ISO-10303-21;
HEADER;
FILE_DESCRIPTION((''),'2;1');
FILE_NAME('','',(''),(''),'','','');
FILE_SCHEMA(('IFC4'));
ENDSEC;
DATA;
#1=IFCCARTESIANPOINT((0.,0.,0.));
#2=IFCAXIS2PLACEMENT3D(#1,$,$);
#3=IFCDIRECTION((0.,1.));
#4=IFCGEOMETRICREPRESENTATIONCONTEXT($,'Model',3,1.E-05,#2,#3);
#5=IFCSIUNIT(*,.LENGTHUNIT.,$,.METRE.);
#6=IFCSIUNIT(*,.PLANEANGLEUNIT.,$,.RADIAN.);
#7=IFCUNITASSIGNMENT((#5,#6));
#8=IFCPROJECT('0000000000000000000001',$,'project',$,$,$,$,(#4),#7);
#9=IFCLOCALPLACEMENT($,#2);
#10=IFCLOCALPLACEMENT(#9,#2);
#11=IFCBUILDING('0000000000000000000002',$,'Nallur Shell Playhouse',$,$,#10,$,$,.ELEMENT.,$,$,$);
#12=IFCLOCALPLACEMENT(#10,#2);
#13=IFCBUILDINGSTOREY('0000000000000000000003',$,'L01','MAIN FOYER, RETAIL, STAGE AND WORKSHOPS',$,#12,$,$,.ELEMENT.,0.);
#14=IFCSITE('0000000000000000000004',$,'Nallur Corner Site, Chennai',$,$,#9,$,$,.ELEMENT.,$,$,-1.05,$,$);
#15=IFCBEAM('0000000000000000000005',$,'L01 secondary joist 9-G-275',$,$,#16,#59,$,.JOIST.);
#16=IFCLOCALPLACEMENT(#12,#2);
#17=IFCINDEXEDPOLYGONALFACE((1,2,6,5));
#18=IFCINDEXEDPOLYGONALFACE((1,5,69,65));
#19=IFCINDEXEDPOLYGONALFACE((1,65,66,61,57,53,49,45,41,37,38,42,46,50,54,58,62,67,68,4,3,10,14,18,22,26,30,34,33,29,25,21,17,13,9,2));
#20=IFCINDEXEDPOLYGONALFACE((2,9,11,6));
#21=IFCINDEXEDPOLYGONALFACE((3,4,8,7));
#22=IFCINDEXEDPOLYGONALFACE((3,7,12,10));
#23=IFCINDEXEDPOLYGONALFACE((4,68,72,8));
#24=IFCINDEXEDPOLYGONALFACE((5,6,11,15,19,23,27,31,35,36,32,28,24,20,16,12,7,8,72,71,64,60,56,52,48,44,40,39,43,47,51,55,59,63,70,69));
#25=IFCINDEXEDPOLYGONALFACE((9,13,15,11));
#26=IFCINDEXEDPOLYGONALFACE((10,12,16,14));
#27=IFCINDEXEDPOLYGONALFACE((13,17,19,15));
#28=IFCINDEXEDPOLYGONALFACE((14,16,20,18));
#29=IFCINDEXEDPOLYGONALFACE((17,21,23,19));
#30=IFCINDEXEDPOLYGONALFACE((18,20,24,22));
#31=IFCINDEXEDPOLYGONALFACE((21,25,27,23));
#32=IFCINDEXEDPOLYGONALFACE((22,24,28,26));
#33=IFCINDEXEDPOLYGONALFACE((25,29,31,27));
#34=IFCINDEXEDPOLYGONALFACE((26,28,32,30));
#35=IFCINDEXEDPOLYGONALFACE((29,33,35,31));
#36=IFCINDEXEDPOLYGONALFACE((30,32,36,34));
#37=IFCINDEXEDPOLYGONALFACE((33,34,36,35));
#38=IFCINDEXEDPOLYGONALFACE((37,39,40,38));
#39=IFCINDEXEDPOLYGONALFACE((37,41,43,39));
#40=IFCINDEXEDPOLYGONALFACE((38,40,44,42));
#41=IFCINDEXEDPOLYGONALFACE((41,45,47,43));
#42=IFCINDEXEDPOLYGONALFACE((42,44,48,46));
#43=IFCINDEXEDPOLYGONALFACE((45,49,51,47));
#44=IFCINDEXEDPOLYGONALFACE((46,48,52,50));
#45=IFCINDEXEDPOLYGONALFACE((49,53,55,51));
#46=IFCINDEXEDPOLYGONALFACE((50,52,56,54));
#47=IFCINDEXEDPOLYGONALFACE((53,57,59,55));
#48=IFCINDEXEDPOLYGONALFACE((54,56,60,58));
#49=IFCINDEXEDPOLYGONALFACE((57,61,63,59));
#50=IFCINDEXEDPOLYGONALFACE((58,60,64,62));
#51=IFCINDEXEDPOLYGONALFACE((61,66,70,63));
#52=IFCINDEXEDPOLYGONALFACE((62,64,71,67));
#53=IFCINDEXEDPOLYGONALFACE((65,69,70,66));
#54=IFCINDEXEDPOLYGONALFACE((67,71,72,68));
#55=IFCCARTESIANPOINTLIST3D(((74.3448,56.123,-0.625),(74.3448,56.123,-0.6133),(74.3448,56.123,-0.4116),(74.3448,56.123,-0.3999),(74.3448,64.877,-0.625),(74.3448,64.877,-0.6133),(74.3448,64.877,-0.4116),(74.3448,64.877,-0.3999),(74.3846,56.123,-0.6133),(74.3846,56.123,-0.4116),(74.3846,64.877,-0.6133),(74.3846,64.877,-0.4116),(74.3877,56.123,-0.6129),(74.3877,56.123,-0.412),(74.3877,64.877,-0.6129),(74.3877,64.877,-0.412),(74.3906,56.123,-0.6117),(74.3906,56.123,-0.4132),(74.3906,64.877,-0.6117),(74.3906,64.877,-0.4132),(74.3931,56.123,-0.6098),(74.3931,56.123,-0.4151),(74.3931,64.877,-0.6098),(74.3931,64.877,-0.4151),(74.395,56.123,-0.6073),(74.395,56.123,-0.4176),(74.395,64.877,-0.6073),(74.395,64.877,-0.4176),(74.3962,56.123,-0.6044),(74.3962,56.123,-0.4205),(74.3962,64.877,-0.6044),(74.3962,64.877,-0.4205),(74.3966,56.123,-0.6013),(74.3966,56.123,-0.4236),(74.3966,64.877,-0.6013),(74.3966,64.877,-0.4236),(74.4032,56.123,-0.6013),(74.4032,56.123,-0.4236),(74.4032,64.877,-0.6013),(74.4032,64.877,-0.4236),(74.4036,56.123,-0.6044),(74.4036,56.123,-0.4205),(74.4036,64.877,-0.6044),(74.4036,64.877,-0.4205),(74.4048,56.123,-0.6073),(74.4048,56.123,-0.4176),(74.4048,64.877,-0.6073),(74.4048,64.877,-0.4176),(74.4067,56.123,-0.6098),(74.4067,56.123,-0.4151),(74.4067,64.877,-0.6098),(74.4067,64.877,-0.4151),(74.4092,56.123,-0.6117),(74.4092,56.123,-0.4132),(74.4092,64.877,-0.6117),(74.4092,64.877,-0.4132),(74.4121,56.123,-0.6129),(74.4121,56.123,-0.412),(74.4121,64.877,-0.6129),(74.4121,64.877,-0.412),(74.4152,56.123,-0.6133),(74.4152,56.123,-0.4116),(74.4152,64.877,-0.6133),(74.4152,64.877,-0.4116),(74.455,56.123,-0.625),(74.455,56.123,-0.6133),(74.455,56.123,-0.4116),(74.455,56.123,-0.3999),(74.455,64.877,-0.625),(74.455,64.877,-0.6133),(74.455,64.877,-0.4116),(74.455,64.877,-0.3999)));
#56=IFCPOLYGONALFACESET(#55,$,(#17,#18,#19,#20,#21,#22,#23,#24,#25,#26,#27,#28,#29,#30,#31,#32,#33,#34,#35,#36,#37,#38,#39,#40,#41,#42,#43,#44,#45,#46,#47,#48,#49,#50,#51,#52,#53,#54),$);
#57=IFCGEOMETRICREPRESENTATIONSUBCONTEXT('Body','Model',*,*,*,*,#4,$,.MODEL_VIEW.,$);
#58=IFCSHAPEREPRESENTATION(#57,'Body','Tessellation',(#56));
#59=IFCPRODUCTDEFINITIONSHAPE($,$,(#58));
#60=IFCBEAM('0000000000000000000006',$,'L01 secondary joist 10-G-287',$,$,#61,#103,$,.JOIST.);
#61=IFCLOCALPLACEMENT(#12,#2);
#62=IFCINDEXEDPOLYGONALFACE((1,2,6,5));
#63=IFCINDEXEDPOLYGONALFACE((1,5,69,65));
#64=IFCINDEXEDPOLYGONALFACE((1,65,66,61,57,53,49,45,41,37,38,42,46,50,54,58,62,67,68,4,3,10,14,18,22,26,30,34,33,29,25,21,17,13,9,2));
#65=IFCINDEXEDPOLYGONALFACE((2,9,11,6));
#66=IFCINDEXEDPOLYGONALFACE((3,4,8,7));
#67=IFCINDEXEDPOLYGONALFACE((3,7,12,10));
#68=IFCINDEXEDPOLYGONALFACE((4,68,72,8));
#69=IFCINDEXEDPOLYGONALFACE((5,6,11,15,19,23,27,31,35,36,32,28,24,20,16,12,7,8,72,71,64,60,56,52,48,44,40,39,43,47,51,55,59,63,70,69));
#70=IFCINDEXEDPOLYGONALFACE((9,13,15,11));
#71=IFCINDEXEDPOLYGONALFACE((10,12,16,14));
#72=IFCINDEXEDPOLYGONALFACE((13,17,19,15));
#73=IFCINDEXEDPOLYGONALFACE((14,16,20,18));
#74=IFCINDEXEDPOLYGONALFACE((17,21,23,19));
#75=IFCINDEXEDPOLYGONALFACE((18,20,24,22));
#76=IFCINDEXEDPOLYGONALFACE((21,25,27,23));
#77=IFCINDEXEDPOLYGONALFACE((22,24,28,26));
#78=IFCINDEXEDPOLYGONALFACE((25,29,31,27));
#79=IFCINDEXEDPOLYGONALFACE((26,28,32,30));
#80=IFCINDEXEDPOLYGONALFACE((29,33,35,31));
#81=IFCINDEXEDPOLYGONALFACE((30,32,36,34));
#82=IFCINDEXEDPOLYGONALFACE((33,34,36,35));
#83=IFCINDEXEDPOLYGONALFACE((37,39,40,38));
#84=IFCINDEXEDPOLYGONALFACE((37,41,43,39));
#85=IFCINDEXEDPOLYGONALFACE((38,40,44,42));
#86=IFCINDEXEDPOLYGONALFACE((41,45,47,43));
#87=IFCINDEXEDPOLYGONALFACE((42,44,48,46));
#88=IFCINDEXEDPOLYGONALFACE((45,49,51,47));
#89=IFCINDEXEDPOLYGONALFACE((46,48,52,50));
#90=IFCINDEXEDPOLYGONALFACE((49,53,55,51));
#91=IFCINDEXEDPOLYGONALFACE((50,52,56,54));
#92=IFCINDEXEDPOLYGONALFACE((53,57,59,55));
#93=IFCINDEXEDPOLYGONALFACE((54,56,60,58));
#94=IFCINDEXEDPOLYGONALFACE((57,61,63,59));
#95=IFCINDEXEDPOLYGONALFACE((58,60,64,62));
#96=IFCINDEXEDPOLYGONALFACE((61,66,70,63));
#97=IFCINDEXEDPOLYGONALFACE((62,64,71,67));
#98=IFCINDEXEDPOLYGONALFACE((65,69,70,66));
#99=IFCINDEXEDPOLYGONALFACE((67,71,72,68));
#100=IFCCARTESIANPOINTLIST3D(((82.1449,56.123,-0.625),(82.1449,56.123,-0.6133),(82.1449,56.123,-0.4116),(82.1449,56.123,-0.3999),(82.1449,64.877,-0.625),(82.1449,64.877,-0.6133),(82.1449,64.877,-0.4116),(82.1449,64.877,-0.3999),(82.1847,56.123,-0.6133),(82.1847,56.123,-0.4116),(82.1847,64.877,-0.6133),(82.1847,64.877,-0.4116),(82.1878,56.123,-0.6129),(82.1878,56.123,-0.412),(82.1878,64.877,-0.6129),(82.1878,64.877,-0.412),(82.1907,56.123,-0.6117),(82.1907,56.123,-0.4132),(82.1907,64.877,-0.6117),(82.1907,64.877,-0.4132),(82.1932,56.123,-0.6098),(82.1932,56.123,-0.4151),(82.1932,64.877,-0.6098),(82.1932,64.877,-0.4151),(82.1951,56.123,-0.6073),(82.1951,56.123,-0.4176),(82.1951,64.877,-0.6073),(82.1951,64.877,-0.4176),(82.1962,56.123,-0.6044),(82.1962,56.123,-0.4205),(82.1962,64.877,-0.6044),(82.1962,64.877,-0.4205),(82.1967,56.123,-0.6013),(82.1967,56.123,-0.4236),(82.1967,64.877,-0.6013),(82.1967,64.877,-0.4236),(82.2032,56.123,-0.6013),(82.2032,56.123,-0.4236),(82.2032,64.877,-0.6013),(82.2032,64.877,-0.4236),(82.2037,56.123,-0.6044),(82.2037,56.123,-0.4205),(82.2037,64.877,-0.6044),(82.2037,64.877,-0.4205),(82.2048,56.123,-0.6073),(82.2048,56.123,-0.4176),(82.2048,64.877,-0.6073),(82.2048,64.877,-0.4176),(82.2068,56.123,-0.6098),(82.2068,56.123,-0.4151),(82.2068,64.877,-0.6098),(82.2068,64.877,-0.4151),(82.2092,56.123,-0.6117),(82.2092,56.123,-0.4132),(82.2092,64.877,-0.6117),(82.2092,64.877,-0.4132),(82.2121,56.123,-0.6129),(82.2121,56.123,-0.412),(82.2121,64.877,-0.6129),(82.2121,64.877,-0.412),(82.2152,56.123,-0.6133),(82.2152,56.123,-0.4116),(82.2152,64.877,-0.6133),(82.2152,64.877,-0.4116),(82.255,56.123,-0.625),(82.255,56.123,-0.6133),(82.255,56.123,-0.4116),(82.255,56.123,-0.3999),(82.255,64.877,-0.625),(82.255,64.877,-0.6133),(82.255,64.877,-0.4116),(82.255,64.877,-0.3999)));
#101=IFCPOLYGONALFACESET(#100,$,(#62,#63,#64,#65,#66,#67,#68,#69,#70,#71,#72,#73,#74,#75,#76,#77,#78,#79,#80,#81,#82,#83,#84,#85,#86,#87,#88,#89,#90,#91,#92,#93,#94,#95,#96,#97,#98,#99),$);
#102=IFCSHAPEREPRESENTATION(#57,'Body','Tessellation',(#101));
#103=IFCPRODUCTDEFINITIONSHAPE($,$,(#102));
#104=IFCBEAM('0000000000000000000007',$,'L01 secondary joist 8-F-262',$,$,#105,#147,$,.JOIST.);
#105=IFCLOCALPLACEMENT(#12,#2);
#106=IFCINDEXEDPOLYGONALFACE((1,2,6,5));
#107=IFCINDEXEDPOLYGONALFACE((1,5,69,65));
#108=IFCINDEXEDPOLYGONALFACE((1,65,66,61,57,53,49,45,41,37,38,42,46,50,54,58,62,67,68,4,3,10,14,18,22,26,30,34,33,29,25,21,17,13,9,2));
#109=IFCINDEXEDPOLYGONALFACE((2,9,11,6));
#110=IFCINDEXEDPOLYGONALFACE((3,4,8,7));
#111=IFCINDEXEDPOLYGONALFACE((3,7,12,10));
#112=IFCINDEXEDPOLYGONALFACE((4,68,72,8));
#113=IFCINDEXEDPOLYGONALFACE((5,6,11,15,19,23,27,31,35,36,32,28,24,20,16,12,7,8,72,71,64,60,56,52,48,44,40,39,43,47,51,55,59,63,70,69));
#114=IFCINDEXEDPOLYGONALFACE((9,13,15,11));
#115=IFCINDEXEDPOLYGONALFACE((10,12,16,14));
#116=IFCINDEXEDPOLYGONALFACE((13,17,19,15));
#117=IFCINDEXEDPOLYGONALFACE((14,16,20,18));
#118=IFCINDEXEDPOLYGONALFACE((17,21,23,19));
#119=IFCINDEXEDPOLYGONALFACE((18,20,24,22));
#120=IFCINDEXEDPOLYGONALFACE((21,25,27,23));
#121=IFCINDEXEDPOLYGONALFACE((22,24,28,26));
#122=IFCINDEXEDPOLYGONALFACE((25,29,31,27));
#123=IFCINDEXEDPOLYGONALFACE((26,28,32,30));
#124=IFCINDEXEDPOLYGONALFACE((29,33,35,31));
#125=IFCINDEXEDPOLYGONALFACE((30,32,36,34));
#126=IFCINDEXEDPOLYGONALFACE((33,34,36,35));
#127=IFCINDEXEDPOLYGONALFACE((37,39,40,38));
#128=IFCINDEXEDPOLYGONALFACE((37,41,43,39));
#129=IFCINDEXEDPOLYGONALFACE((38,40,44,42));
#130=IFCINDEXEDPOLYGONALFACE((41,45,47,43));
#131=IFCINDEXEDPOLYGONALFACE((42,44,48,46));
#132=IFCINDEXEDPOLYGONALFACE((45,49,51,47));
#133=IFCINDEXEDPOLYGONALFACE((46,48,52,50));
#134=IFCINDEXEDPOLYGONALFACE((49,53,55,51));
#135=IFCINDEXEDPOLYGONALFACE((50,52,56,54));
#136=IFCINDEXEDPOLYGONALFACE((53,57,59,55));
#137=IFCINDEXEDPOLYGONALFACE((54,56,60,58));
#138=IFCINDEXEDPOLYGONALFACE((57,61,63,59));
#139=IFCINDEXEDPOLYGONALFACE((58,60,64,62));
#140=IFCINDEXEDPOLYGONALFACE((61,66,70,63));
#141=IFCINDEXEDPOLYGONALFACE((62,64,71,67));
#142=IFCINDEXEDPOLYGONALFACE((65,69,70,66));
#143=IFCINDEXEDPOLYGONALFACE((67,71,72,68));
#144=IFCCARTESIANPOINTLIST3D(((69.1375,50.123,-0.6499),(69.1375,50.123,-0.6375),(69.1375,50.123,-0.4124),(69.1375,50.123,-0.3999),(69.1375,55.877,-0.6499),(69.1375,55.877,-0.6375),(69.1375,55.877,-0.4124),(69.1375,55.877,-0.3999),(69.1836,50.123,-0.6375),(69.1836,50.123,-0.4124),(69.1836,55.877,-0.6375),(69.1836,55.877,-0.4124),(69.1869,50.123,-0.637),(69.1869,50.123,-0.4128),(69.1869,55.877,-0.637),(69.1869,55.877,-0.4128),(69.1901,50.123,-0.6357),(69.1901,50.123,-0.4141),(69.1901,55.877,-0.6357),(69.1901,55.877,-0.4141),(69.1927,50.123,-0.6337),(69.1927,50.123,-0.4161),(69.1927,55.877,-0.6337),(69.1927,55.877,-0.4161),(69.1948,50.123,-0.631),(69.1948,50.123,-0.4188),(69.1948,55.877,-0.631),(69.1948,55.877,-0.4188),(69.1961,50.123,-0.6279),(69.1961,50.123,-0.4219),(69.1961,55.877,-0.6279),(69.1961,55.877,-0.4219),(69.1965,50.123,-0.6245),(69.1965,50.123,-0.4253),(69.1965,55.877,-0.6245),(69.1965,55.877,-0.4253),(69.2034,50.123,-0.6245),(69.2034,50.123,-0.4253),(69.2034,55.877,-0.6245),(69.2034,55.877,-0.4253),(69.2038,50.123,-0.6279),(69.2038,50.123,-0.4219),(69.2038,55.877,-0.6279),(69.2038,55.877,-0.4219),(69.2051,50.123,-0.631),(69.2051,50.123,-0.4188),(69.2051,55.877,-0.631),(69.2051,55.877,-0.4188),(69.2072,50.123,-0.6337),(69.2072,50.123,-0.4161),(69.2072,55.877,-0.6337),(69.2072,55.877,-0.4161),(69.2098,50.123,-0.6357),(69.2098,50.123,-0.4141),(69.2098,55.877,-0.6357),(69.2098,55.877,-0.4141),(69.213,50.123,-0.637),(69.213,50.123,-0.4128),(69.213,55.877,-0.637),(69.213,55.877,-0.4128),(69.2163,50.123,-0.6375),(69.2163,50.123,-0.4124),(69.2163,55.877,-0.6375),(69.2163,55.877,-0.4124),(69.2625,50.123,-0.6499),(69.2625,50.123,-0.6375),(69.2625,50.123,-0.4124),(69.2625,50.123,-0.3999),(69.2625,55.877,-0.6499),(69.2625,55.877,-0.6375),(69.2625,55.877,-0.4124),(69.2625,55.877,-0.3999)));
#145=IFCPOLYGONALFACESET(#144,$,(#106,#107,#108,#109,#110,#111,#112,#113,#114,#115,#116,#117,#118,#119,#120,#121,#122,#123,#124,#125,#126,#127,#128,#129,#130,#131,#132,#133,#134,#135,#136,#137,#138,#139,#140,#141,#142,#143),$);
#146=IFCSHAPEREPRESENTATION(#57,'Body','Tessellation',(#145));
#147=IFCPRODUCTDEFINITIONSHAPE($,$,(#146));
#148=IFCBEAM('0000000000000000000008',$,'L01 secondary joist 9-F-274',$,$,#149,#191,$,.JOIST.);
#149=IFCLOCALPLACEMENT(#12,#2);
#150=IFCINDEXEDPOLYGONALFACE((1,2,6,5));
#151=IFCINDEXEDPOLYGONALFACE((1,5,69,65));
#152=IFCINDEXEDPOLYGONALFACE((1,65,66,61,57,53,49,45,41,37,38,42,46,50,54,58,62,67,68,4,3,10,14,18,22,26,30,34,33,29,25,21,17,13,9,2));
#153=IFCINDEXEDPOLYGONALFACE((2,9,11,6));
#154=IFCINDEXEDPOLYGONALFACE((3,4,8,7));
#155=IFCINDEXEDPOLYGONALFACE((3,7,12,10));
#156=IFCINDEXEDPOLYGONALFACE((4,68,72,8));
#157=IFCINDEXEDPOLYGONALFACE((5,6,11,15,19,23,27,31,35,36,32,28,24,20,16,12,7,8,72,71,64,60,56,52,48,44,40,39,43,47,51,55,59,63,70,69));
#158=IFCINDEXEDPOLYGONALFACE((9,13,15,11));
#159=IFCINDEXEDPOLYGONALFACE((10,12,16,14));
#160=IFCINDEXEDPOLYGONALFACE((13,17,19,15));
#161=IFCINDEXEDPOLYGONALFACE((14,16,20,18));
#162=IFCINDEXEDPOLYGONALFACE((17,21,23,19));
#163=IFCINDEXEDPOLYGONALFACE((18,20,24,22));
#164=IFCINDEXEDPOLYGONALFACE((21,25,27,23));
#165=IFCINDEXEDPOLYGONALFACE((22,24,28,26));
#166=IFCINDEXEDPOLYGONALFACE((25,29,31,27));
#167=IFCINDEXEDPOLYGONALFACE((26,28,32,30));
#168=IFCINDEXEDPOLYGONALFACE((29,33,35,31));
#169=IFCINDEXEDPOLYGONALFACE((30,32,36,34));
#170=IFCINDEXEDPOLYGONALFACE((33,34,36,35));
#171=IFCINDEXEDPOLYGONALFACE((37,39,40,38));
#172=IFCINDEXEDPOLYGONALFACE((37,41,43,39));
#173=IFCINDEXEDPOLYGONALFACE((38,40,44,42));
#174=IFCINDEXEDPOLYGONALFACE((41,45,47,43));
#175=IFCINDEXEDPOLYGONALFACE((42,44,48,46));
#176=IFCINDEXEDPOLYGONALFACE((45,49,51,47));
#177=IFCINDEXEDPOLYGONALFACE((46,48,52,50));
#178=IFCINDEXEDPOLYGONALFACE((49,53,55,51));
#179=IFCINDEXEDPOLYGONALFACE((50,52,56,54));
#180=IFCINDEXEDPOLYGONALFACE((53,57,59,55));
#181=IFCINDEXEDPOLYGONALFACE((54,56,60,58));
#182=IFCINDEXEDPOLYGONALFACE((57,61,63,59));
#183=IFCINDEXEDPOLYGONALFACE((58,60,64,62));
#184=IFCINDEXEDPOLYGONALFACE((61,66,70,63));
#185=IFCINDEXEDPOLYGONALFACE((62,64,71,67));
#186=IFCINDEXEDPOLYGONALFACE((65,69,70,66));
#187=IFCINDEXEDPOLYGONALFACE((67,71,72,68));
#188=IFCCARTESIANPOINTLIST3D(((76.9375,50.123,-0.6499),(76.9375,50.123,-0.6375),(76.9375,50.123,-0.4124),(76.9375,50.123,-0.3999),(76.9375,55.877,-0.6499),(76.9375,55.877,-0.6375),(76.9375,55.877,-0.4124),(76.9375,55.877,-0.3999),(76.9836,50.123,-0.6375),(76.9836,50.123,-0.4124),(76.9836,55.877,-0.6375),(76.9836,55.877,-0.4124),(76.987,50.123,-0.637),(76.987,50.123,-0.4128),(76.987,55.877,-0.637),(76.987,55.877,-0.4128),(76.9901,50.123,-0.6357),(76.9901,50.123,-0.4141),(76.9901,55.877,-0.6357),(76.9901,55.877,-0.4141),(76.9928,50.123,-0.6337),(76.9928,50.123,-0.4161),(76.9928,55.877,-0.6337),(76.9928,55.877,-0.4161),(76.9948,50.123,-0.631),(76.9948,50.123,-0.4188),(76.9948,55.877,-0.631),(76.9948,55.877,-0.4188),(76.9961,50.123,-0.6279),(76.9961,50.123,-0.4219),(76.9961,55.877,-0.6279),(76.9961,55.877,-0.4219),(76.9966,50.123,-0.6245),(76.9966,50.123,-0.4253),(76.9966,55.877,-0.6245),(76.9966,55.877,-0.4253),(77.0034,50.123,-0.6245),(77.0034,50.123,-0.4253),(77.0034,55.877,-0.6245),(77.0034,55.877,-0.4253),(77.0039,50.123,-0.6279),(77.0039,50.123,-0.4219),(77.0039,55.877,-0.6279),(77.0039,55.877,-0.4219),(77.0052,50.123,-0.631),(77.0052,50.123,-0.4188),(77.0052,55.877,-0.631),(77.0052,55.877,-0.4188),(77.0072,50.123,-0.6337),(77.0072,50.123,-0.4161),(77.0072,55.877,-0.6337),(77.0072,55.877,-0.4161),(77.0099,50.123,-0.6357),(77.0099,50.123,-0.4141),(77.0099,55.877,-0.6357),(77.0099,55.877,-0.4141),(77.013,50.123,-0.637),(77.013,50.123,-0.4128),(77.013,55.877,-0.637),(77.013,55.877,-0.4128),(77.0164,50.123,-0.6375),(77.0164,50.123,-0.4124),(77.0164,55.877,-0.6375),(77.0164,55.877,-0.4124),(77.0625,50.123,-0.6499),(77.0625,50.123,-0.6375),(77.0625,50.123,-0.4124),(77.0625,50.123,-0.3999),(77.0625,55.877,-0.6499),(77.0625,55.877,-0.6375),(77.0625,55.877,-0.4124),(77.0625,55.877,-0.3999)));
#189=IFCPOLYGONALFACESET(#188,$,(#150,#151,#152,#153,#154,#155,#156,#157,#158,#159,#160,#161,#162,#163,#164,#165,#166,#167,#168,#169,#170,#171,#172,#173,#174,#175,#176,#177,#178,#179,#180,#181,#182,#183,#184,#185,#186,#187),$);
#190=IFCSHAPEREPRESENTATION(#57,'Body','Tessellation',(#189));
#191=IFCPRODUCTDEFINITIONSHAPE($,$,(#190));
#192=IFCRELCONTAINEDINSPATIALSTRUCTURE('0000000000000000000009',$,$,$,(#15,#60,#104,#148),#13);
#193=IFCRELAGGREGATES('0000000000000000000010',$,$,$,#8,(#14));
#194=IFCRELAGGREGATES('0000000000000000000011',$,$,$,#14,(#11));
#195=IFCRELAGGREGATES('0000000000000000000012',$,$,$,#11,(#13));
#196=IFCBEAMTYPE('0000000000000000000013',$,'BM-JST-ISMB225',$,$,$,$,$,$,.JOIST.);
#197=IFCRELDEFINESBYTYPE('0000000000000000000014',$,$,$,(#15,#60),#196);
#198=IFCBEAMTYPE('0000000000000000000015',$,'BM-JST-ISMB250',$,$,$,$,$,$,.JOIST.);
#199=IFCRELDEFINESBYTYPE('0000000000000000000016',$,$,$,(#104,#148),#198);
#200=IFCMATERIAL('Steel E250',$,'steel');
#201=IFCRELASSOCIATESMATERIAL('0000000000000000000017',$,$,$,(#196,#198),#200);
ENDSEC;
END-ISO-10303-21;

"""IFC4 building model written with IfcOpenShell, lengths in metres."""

from ifc_helpers import new_model, si_unit, direction, frame, origin, origin_2d, place, context, subcontext, project, spatial, i_section, extrude, material, material_profile, profile_set, type_object, element, save


model = new_model("IFC4")

# Units and contexts
model_context = context("Model", 3, precision=1e-05, world=origin(), true_north=direction((0.0, 1.0)))
body_context = subcontext(model_context, "Body", "Model", "MODEL_VIEW")
ifc_project = project(units=[si_unit("LENGTHUNIT", "METRE"), si_unit("PLANEANGLEUNIT", "RADIAN")], contexts=[model_context])

# Site, building, storey
site_placement = place(None, origin())
site = spatial("IfcSite", under=ifc_project, at=site_placement, Name="Nallur Corner Site, Chennai", CompositionType="ELEMENT", RefElevation=-1.05)
building_placement = place(site_placement, origin())
building = spatial("IfcBuilding", under=site, at=building_placement, Name="Nallur Shell Playhouse", CompositionType="ELEMENT")
storey_placement = place(building_placement, origin())
storey = spatial("IfcBuildingStorey", under=building, at=storey_placement, Name="L01", Description="MAIN FOYER, RETAIL, STAGE AND WORKSHOPS", CompositionType="ELEMENT", Elevation=0.0)

# Beams
ifc_material_1 = material(Name="Steel E250", Category="steel")
ifc_material_profile_1 = material_profile(ifc_material_1, i_section(OverallWidth=0.1101, OverallDepth=0.2251, WebThickness=0.0066, FlangeThickness=0.0117, FilletRadius=0.012, at=origin_2d()), Name="ISMB 225")
ifc_profile_set_1 = profile_set([ifc_material_profile_1], Name="Steel E250")
beam_type_1 = type_object("IfcBeamType", Name="BM-JST-ISMB225", PredefinedType="JOIST", material=ifc_profile_set_1)
for number, where, z_axis, x_axis, name in (
    (1, (74.3999, 56.123, -0.5125), (0.0, 1.0, 0.0), (-1.0, 0.0, 0.0), "L01 secondary joist 9-G-275"),
    (2, (82.2, 56.123, -0.5125), (0.0, 1.0, 0.0), (-1.0, 0.0, 0.0), "L01 secondary joist 10-G-287"),
):
    element("IfcBeam", number, at=place(storey_placement, frame(where, z_axis=z_axis, x_axis=x_axis)), inside=storey, type_object=beam_type_1, Name=name, PredefinedType="JOIST", context=body_context, shape_type="SweptSolid", body=[
        extrude(i_section(OverallWidth=0.1101, OverallDepth=0.2251, WebThickness=0.0066, FlangeThickness=0.0117, FilletRadius=0.012, at=origin_2d()), origin(), (0.0, 0.0, 1.0), 8.7539),
    ])
ifc_material_profile_2 = material_profile(ifc_material_1, i_section(OverallWidth=0.125, OverallDepth=0.25, WebThickness=0.0068, FlangeThickness=0.0125, FilletRadius=0.0129, at=origin_2d()), Name="ISMB 250")
ifc_profile_set_2 = profile_set([ifc_material_profile_2], Name="Steel E250")
beam_type_2 = type_object("IfcBeamType", Name="BM-JST-ISMB250", PredefinedType="JOIST", material=ifc_profile_set_2)
for number, where, z_axis, x_axis, name in (
    (3, (69.2, 50.123, -0.5249), (0.0, 1.0, 0.0), (-1.0, 0.0, 0.0), "L01 secondary joist 8-F-262"),
    (4, (77.0, 50.123, -0.5249), (0.0, 1.0, 0.0), (-1.0, 0.0, 0.0), "L01 secondary joist 9-F-274"),
):
    element("IfcBeam", number, at=place(storey_placement, frame(where, z_axis=z_axis, x_axis=x_axis)), inside=storey, type_object=beam_type_2, Name=name, PredefinedType="JOIST", context=body_context, shape_type="SweptSolid", body=[
        extrude(i_section(OverallWidth=0.125, OverallDepth=0.25, WebThickness=0.0068, FlangeThickness=0.0125, FilletRadius=0.0129, at=origin_2d()), origin(), (0.0, 0.0, 1.0), 5.7539),
    ])

save(model, "model.ifc")
